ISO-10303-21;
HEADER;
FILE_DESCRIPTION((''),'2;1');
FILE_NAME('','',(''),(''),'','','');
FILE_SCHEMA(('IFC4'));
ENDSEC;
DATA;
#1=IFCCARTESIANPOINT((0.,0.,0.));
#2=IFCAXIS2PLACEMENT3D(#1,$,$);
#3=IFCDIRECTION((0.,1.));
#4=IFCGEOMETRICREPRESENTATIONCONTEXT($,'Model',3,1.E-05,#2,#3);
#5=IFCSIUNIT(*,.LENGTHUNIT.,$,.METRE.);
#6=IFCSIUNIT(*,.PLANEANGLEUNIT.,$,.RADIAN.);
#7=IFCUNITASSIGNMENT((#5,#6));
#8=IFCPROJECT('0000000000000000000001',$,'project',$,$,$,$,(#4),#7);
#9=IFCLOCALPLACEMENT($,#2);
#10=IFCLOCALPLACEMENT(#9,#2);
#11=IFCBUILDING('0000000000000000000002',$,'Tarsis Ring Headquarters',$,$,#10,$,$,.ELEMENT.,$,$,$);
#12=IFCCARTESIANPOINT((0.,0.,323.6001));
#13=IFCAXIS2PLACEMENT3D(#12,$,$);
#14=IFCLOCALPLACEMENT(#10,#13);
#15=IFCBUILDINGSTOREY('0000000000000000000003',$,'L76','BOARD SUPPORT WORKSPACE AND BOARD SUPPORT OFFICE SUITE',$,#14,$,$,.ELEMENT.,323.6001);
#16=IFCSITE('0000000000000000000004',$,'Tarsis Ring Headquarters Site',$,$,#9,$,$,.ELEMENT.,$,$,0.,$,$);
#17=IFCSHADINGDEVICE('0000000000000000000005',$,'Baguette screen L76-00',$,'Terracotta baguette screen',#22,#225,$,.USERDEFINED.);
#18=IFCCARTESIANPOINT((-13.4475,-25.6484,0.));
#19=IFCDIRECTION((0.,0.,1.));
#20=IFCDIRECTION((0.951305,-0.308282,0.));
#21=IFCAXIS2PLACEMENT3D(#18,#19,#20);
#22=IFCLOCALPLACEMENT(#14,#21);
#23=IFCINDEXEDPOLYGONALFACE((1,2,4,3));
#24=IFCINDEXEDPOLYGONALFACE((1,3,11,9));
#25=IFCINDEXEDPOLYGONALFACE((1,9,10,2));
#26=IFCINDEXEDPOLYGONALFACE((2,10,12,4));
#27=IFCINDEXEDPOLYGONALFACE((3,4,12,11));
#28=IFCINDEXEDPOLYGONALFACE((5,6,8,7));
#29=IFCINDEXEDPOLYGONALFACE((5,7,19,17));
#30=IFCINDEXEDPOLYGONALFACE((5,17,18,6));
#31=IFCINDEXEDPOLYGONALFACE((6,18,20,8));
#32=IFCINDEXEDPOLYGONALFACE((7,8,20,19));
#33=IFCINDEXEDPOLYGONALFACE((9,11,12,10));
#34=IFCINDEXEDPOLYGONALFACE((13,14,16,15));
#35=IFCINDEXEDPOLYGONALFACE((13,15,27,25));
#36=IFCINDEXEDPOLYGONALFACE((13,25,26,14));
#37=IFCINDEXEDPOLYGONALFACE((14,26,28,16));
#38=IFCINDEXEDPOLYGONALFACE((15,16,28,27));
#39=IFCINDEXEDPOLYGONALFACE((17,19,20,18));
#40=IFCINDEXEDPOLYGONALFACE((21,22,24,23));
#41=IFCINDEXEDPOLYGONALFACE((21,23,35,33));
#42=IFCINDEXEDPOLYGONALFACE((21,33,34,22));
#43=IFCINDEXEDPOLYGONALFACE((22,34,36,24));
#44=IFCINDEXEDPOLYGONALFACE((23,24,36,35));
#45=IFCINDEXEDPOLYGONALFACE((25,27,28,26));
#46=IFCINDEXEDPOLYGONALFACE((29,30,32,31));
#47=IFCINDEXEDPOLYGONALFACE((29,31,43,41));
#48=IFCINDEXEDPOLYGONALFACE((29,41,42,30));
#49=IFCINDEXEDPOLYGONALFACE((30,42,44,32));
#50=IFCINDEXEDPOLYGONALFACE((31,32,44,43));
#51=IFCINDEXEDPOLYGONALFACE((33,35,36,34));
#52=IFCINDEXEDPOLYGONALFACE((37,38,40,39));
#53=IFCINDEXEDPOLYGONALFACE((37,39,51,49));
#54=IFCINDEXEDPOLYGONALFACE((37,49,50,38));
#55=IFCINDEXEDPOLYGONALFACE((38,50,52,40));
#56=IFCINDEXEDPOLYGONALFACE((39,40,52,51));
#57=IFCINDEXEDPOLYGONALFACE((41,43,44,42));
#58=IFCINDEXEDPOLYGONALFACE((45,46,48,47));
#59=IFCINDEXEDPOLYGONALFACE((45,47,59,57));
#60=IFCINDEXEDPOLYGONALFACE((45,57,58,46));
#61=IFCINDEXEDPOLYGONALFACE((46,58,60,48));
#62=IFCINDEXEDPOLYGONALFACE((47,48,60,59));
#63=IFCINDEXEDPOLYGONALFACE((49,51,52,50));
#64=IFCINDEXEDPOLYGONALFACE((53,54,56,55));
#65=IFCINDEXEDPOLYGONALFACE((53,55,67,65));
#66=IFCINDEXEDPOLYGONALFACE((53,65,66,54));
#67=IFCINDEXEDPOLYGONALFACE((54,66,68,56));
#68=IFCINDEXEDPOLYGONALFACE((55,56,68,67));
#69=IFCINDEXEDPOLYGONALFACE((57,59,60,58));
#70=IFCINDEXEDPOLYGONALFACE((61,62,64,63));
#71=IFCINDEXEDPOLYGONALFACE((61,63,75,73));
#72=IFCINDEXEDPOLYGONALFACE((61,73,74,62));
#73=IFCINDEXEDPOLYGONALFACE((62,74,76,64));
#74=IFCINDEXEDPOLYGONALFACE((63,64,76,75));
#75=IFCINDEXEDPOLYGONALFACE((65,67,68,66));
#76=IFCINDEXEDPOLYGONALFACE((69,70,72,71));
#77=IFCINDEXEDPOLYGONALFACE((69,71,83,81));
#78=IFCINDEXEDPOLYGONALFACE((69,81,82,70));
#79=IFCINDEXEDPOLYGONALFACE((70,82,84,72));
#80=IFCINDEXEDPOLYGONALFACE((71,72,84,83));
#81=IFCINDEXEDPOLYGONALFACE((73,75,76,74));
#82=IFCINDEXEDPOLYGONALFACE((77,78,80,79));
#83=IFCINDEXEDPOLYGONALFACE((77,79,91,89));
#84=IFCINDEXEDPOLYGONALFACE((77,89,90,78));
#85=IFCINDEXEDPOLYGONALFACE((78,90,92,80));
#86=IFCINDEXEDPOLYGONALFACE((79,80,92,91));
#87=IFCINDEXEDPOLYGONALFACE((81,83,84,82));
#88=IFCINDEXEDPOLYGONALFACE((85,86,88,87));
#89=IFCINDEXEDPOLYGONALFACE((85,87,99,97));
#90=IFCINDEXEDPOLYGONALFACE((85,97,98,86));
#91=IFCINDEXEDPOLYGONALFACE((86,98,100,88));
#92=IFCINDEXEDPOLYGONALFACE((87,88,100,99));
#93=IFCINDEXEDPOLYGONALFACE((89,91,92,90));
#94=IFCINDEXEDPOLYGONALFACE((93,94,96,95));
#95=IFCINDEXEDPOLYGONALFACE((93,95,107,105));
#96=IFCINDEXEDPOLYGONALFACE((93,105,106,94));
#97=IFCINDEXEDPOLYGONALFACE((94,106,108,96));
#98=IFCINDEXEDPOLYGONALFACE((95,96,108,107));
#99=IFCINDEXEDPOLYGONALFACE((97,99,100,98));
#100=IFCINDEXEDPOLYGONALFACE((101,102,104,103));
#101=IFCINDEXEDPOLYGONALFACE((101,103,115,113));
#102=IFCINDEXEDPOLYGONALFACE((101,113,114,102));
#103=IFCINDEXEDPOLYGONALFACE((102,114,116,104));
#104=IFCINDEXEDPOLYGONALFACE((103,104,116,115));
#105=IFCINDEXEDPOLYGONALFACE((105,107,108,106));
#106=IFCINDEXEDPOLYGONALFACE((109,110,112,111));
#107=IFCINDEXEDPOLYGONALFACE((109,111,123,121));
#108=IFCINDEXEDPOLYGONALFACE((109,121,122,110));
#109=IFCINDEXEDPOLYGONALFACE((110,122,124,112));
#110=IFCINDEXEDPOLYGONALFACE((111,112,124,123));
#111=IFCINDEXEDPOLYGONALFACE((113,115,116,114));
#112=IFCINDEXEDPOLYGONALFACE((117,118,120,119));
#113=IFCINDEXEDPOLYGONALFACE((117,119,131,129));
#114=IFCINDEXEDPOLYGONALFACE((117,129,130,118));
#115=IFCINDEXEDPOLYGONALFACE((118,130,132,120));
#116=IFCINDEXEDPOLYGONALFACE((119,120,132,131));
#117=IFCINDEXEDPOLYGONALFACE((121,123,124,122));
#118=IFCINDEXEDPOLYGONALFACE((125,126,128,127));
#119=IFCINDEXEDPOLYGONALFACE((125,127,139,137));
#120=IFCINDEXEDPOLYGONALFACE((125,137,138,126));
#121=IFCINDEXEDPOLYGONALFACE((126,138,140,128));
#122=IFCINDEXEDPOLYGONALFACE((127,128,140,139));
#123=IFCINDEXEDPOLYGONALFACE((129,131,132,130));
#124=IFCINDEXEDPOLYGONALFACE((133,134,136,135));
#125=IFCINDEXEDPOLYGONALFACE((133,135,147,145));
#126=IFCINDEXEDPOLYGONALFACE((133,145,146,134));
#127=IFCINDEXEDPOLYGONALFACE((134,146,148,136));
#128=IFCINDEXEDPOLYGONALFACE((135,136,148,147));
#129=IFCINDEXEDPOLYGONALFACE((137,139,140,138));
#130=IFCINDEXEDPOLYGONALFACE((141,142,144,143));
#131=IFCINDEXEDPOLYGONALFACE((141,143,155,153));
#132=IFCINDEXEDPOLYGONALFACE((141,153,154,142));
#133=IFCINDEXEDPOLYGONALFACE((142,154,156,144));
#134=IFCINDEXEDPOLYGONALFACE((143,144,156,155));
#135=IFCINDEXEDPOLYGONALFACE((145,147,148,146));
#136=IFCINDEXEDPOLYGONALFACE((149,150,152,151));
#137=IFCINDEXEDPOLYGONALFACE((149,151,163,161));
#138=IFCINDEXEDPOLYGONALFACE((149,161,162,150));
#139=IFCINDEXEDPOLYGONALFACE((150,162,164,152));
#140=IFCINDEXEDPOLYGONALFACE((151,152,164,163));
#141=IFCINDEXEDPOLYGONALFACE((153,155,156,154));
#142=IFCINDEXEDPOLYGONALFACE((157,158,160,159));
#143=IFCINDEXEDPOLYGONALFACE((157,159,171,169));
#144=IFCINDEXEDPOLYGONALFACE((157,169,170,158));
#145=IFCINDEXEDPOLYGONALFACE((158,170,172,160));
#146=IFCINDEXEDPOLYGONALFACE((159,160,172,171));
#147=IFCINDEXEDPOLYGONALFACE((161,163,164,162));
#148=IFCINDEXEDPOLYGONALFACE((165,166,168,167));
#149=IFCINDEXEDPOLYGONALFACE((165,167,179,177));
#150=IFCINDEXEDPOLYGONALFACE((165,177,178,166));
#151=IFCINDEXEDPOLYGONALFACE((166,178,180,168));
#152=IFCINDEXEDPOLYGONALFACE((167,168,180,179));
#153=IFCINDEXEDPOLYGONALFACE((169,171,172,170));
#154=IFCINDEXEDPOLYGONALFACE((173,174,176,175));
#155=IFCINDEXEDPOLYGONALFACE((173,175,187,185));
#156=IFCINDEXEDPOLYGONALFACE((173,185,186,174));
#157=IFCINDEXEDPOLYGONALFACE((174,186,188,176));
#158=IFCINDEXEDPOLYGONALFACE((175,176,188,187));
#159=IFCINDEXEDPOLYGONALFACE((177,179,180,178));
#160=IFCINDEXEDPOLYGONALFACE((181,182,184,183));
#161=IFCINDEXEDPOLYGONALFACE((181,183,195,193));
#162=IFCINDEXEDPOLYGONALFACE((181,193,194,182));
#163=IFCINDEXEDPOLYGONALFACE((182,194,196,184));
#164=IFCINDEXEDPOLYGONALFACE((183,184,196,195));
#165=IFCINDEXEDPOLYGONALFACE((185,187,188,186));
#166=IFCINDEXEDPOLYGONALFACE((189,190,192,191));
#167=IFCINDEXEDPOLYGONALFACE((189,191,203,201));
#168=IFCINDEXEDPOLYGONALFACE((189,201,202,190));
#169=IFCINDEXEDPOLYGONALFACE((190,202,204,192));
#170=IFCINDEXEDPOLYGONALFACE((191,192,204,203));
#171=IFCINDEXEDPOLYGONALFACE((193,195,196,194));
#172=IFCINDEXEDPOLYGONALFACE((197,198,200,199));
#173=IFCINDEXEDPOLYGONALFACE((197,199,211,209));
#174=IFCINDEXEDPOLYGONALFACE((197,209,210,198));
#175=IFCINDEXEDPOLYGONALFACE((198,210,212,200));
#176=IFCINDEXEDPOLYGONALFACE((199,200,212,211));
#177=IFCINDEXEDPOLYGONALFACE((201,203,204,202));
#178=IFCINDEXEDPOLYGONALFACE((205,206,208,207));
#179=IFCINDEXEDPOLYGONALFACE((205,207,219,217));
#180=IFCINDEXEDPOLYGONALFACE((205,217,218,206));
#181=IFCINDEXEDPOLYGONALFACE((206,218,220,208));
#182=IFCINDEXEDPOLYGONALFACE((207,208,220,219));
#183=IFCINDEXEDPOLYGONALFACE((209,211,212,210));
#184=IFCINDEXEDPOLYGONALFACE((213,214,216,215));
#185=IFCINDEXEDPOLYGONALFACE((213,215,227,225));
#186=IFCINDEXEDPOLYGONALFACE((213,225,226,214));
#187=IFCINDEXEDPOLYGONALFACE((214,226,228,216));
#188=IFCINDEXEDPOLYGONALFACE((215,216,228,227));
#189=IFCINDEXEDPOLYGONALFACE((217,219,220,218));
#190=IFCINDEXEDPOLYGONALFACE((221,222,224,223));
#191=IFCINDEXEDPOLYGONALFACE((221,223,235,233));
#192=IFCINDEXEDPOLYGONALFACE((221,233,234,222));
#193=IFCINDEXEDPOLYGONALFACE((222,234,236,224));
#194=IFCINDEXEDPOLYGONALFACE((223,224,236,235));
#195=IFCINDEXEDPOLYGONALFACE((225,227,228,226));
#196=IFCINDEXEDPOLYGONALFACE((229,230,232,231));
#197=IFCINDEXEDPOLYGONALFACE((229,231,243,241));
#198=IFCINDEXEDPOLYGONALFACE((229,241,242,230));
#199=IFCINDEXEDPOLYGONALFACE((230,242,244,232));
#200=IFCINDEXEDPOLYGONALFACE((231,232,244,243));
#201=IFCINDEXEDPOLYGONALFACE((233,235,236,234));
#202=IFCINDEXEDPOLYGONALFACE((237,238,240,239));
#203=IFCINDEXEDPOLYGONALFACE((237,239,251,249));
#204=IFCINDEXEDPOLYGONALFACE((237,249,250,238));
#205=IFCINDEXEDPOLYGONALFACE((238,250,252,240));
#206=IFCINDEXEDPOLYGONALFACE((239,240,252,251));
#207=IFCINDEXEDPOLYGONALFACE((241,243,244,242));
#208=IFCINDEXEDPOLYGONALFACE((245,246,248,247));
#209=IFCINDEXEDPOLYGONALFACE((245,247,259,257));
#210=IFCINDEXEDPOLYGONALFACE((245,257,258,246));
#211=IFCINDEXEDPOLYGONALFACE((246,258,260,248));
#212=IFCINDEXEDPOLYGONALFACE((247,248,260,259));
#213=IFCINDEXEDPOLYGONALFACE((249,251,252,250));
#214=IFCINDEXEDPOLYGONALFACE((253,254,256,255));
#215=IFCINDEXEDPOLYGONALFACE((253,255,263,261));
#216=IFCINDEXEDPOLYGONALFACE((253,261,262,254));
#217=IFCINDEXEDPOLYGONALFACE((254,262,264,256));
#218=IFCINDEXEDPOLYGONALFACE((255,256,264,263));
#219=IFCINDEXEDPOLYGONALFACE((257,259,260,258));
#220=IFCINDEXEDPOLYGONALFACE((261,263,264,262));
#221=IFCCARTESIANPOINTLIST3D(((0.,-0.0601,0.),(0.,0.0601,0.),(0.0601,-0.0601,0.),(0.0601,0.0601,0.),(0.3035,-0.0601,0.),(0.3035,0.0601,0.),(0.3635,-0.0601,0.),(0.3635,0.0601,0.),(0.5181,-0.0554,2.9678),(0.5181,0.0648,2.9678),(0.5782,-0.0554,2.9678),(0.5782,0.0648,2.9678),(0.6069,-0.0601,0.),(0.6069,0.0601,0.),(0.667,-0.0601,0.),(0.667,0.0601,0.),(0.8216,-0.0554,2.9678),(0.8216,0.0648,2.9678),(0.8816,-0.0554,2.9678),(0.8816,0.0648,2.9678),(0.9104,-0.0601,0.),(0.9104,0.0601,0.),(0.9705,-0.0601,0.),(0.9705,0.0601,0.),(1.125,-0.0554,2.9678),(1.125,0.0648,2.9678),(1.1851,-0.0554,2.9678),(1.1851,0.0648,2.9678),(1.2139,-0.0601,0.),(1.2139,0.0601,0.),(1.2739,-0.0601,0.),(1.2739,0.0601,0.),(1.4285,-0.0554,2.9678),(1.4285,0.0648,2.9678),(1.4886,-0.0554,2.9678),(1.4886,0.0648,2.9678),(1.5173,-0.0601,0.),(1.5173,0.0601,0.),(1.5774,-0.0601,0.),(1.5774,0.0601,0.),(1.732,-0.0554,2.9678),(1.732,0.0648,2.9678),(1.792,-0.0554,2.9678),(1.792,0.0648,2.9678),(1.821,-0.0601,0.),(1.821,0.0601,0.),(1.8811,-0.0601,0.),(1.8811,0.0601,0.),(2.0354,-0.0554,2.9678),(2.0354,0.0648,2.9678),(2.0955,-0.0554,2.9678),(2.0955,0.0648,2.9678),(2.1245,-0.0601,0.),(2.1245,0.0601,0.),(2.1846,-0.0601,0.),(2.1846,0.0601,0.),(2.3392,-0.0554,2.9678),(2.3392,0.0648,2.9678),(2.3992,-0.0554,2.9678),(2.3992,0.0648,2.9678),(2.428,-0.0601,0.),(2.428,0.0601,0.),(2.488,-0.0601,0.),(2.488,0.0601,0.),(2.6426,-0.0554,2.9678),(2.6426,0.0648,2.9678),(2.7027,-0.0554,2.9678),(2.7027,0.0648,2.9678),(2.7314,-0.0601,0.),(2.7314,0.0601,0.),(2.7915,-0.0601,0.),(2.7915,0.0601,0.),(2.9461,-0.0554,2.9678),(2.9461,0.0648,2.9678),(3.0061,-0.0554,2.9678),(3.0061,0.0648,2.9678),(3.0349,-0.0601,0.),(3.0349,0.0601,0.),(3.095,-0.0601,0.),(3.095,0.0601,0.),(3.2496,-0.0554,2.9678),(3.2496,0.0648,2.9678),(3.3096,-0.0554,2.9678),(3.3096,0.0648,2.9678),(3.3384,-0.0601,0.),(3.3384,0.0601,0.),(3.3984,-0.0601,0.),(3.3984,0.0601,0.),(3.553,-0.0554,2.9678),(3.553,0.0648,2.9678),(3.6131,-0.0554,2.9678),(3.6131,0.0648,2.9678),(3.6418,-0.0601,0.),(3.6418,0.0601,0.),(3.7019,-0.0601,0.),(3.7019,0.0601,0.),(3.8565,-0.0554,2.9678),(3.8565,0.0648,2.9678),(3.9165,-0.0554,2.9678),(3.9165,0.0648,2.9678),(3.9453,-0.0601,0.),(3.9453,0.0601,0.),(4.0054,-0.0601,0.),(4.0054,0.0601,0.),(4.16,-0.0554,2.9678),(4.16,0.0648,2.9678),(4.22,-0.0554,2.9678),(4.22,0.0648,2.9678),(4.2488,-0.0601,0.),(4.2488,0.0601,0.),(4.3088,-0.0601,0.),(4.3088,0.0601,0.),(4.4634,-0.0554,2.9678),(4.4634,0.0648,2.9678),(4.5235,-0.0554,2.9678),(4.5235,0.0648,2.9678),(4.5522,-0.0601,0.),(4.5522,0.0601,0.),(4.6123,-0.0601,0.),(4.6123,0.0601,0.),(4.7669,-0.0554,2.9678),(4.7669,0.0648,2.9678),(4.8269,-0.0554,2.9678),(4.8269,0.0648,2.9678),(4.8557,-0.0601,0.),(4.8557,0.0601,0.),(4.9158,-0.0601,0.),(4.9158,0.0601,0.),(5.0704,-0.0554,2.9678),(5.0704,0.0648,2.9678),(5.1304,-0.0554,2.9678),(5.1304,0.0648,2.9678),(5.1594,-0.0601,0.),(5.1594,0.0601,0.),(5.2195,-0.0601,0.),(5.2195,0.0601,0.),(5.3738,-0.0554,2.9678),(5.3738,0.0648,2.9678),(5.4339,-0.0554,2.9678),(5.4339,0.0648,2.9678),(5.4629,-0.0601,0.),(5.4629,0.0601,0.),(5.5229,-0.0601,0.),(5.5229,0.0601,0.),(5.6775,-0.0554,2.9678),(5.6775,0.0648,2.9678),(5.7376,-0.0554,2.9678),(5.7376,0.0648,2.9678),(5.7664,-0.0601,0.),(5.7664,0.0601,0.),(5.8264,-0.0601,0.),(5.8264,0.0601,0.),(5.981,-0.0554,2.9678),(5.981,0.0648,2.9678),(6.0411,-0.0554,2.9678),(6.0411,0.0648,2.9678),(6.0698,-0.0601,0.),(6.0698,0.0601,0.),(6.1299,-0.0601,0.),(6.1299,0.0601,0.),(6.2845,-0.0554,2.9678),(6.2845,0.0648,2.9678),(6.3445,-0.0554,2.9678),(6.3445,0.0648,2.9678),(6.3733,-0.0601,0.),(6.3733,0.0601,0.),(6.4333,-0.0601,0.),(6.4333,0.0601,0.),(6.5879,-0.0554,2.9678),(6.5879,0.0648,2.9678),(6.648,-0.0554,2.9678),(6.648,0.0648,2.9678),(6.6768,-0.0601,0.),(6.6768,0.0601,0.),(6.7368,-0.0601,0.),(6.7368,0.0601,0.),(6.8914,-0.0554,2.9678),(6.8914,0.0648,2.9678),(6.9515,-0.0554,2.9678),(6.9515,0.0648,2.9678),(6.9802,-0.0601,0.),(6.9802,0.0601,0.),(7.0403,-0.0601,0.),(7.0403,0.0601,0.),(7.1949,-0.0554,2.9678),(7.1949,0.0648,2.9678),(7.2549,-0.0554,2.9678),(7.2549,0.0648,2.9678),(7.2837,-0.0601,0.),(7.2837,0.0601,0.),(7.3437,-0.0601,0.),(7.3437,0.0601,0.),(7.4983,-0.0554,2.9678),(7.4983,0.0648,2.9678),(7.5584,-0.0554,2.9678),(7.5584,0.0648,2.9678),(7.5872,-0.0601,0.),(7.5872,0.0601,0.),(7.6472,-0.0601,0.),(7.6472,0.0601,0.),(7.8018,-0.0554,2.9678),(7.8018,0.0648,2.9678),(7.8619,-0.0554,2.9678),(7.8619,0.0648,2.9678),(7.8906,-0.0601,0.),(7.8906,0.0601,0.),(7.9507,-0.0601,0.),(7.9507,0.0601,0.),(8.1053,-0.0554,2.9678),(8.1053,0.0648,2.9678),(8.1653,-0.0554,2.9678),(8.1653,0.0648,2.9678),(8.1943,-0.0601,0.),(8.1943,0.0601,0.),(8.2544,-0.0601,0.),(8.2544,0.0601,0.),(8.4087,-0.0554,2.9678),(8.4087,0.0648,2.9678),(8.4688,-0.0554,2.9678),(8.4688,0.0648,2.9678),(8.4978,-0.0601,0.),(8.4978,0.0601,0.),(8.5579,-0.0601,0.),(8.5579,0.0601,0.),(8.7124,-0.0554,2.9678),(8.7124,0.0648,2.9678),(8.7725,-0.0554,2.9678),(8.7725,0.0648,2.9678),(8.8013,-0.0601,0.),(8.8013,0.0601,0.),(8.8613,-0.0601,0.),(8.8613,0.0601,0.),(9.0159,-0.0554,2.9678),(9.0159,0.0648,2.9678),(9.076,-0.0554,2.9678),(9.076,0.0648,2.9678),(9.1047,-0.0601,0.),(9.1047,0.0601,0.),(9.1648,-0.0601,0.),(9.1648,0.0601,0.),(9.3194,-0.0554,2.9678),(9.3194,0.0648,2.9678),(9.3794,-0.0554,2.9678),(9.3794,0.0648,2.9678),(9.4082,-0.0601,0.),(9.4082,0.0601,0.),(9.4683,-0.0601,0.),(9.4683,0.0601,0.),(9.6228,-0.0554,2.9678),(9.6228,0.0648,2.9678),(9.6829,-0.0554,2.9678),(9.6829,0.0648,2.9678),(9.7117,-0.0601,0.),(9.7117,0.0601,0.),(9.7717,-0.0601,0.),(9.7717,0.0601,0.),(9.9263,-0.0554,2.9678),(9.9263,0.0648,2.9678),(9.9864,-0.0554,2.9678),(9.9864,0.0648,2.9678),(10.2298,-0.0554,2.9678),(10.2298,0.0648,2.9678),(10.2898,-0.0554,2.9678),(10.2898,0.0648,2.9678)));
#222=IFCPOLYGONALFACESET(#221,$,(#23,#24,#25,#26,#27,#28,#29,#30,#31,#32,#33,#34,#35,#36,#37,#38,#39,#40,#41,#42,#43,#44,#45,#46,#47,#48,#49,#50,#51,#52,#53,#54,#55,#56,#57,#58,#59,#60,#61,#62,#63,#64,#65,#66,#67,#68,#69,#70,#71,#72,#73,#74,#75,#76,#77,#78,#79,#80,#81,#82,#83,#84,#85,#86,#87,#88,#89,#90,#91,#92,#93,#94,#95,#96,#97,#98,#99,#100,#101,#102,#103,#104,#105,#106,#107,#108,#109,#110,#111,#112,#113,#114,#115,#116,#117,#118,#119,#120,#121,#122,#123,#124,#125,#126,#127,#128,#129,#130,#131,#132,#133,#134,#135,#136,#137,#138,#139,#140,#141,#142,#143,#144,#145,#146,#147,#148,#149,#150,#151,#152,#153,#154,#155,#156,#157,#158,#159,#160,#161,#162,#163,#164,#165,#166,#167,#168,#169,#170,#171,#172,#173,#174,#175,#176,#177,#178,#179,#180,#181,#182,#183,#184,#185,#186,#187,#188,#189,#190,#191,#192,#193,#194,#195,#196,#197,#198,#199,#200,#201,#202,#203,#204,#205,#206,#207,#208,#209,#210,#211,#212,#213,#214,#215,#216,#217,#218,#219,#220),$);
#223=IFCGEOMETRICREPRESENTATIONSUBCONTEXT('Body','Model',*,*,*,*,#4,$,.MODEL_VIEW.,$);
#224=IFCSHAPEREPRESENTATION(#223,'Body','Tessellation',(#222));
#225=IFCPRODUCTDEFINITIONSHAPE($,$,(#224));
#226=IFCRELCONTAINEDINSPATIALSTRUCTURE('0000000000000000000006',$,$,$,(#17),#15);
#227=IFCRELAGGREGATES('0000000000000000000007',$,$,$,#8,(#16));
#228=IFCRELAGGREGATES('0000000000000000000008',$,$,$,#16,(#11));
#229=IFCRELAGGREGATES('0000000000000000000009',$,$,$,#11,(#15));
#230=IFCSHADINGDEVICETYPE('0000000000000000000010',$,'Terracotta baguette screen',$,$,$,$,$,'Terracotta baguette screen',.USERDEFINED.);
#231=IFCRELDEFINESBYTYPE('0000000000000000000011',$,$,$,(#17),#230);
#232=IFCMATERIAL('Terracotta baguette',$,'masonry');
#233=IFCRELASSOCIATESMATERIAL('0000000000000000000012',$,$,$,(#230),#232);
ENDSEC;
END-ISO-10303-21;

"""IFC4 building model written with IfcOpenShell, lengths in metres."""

from ifc_helpers import new_model, si_unit, direction, frame, frame_2d, origin, place, context, subcontext, project, spatial, rectangle, composite_profile, extrude, material, type_object, element, save


model = new_model("IFC4")

# Units and contexts
model_context = context("Model", 3, precision=1e-05, world=origin(), true_north=direction((0.0, 1.0)))
body_context = subcontext(model_context, "Body", "Model", "MODEL_VIEW")
ifc_project = project(units=[si_unit("LENGTHUNIT", "METRE"), si_unit("PLANEANGLEUNIT", "RADIAN")], contexts=[model_context])

# Site, building, storey
site_placement = place(None, origin())
site = spatial("IfcSite", under=ifc_project, at=site_placement, Name="Tarsis Ring Headquarters Site", CompositionType="ELEMENT", RefElevation=0.0)
building_placement = place(site_placement, origin())
building = spatial("IfcBuilding", under=site, at=building_placement, Name="Tarsis Ring Headquarters", CompositionType="ELEMENT")
storey_placement = place(building_placement, frame((0.0, 0.0, 323.6001)))
storey = spatial("IfcBuildingStorey", under=building, at=storey_placement, Name="L76", Description="BOARD SUPPORT WORKSPACE AND BOARD SUPPORT OFFICE SUITE", CompositionType="ELEMENT", Elevation=323.6001)

# Shading device
ifc_material_1 = material(Name="Terracotta baguette", Category="masonry")
shading_device_type = type_object("IfcShadingDeviceType", Name="Terracotta baguette screen", ElementType="Terracotta baguette screen", PredefinedType="USERDEFINED", material=ifc_material_1)
shading_device_1_placement = place(storey_placement, frame((-13.4475, -25.6484, 0.0), z_axis=(0.0, 0.0, 1.0), x_axis=(0.951305, -0.308282, 0.0)))
element("IfcShadingDevice", 1, at=shading_device_1_placement, inside=storey, type_object=shading_device_type, Name="Baguette screen L76-00", ObjectType="Terracotta baguette screen", PredefinedType="USERDEFINED", context=body_context, shape_type="SweptSolid", body=[
    extrude(composite_profile([rectangle(XDim=0.0601, YDim=0.1201, at=frame_2d((0.03, 0.0))), rectangle(XDim=0.0601, YDim=0.1201, at=frame_2d((0.3335, 0.0))), rectangle(XDim=0.0601, YDim=0.1201, at=frame_2d((0.637, 0.0))), rectangle(XDim=0.0601, YDim=0.1201, at=frame_2d((0.9404, 0.0))), rectangle(XDim=0.0601, YDim=0.1201, at=frame_2d((1.2439, 0.0))), rectangle(XDim=0.0601, YDim=0.1201, at=frame_2d((1.5474, 0.0))), rectangle(XDim=0.0601, YDim=0.1201, at=frame_2d((1.8511, 0.0))), rectangle(XDim=0.0601, YDim=0.1201, at=frame_2d((2.1545, 0.0))), rectangle(XDim=0.0601, YDim=0.1201, at=frame_2d((2.458, 0.0))), rectangle(XDim=0.0601, YDim=0.1201, at=frame_2d((2.7615, 0.0))), rectangle(XDim=0.0601, YDim=0.1201, at=frame_2d((3.0649, 0.0))), rectangle(XDim=0.0601, YDim=0.1201, at=frame_2d((3.3684, 0.0))), rectangle(XDim=0.0601, YDim=0.1201, at=frame_2d((3.6719, 0.0))), rectangle(XDim=0.0601, YDim=0.1201, at=frame_2d((3.9753, 0.0))), rectangle(XDim=0.0601, YDim=0.1201, at=frame_2d((4.2788, 0.0))), rectangle(XDim=0.0601, YDim=0.1201, at=frame_2d((4.5823, 0.0))), rectangle(XDim=0.0601, YDim=0.1201, at=frame_2d((4.8857, 0.0))), rectangle(XDim=0.0601, YDim=0.1201, at=frame_2d((5.1895, 0.0))), rectangle(XDim=0.0601, YDim=0.1201, at=frame_2d((5.4929, 0.0))), rectangle(XDim=0.0601, YDim=0.1201, at=frame_2d((5.7964, 0.0))), rectangle(XDim=0.0601, YDim=0.1201, at=frame_2d((6.0999, 0.0))), rectangle(XDim=0.0601, YDim=0.1201, at=frame_2d((6.4033, 0.0))), rectangle(XDim=0.0601, YDim=0.1201, at=frame_2d((6.7068, 0.0))), rectangle(XDim=0.0601, YDim=0.1201, at=frame_2d((7.0103, 0.0))), rectangle(XDim=0.0601, YDim=0.1201, at=frame_2d((7.3137, 0.0))), rectangle(XDim=0.0601, YDim=0.1201, at=frame_2d((7.6172, 0.0))), rectangle(XDim=0.0601, YDim=0.1201, at=frame_2d((7.9207, 0.0))), rectangle(XDim=0.0601, YDim=0.1201, at=frame_2d((8.2244, 0.0))), rectangle(XDim=0.0601, YDim=0.1201, at=frame_2d((8.5278, 0.0))), rectangle(XDim=0.0601, YDim=0.1201, at=frame_2d((8.8313, 0.0))), rectangle(XDim=0.0601, YDim=0.1201, at=frame_2d((9.1348, 0.0))), rectangle(XDim=0.0601, YDim=0.1201, at=frame_2d((9.4382, 0.0))), rectangle(XDim=0.0601, YDim=0.1201, at=frame_2d((9.7417, 0.0)))]), origin(), (0.171976, 0.001563, 0.9851), 3.0127),
])

save(model, "model.ifc")
